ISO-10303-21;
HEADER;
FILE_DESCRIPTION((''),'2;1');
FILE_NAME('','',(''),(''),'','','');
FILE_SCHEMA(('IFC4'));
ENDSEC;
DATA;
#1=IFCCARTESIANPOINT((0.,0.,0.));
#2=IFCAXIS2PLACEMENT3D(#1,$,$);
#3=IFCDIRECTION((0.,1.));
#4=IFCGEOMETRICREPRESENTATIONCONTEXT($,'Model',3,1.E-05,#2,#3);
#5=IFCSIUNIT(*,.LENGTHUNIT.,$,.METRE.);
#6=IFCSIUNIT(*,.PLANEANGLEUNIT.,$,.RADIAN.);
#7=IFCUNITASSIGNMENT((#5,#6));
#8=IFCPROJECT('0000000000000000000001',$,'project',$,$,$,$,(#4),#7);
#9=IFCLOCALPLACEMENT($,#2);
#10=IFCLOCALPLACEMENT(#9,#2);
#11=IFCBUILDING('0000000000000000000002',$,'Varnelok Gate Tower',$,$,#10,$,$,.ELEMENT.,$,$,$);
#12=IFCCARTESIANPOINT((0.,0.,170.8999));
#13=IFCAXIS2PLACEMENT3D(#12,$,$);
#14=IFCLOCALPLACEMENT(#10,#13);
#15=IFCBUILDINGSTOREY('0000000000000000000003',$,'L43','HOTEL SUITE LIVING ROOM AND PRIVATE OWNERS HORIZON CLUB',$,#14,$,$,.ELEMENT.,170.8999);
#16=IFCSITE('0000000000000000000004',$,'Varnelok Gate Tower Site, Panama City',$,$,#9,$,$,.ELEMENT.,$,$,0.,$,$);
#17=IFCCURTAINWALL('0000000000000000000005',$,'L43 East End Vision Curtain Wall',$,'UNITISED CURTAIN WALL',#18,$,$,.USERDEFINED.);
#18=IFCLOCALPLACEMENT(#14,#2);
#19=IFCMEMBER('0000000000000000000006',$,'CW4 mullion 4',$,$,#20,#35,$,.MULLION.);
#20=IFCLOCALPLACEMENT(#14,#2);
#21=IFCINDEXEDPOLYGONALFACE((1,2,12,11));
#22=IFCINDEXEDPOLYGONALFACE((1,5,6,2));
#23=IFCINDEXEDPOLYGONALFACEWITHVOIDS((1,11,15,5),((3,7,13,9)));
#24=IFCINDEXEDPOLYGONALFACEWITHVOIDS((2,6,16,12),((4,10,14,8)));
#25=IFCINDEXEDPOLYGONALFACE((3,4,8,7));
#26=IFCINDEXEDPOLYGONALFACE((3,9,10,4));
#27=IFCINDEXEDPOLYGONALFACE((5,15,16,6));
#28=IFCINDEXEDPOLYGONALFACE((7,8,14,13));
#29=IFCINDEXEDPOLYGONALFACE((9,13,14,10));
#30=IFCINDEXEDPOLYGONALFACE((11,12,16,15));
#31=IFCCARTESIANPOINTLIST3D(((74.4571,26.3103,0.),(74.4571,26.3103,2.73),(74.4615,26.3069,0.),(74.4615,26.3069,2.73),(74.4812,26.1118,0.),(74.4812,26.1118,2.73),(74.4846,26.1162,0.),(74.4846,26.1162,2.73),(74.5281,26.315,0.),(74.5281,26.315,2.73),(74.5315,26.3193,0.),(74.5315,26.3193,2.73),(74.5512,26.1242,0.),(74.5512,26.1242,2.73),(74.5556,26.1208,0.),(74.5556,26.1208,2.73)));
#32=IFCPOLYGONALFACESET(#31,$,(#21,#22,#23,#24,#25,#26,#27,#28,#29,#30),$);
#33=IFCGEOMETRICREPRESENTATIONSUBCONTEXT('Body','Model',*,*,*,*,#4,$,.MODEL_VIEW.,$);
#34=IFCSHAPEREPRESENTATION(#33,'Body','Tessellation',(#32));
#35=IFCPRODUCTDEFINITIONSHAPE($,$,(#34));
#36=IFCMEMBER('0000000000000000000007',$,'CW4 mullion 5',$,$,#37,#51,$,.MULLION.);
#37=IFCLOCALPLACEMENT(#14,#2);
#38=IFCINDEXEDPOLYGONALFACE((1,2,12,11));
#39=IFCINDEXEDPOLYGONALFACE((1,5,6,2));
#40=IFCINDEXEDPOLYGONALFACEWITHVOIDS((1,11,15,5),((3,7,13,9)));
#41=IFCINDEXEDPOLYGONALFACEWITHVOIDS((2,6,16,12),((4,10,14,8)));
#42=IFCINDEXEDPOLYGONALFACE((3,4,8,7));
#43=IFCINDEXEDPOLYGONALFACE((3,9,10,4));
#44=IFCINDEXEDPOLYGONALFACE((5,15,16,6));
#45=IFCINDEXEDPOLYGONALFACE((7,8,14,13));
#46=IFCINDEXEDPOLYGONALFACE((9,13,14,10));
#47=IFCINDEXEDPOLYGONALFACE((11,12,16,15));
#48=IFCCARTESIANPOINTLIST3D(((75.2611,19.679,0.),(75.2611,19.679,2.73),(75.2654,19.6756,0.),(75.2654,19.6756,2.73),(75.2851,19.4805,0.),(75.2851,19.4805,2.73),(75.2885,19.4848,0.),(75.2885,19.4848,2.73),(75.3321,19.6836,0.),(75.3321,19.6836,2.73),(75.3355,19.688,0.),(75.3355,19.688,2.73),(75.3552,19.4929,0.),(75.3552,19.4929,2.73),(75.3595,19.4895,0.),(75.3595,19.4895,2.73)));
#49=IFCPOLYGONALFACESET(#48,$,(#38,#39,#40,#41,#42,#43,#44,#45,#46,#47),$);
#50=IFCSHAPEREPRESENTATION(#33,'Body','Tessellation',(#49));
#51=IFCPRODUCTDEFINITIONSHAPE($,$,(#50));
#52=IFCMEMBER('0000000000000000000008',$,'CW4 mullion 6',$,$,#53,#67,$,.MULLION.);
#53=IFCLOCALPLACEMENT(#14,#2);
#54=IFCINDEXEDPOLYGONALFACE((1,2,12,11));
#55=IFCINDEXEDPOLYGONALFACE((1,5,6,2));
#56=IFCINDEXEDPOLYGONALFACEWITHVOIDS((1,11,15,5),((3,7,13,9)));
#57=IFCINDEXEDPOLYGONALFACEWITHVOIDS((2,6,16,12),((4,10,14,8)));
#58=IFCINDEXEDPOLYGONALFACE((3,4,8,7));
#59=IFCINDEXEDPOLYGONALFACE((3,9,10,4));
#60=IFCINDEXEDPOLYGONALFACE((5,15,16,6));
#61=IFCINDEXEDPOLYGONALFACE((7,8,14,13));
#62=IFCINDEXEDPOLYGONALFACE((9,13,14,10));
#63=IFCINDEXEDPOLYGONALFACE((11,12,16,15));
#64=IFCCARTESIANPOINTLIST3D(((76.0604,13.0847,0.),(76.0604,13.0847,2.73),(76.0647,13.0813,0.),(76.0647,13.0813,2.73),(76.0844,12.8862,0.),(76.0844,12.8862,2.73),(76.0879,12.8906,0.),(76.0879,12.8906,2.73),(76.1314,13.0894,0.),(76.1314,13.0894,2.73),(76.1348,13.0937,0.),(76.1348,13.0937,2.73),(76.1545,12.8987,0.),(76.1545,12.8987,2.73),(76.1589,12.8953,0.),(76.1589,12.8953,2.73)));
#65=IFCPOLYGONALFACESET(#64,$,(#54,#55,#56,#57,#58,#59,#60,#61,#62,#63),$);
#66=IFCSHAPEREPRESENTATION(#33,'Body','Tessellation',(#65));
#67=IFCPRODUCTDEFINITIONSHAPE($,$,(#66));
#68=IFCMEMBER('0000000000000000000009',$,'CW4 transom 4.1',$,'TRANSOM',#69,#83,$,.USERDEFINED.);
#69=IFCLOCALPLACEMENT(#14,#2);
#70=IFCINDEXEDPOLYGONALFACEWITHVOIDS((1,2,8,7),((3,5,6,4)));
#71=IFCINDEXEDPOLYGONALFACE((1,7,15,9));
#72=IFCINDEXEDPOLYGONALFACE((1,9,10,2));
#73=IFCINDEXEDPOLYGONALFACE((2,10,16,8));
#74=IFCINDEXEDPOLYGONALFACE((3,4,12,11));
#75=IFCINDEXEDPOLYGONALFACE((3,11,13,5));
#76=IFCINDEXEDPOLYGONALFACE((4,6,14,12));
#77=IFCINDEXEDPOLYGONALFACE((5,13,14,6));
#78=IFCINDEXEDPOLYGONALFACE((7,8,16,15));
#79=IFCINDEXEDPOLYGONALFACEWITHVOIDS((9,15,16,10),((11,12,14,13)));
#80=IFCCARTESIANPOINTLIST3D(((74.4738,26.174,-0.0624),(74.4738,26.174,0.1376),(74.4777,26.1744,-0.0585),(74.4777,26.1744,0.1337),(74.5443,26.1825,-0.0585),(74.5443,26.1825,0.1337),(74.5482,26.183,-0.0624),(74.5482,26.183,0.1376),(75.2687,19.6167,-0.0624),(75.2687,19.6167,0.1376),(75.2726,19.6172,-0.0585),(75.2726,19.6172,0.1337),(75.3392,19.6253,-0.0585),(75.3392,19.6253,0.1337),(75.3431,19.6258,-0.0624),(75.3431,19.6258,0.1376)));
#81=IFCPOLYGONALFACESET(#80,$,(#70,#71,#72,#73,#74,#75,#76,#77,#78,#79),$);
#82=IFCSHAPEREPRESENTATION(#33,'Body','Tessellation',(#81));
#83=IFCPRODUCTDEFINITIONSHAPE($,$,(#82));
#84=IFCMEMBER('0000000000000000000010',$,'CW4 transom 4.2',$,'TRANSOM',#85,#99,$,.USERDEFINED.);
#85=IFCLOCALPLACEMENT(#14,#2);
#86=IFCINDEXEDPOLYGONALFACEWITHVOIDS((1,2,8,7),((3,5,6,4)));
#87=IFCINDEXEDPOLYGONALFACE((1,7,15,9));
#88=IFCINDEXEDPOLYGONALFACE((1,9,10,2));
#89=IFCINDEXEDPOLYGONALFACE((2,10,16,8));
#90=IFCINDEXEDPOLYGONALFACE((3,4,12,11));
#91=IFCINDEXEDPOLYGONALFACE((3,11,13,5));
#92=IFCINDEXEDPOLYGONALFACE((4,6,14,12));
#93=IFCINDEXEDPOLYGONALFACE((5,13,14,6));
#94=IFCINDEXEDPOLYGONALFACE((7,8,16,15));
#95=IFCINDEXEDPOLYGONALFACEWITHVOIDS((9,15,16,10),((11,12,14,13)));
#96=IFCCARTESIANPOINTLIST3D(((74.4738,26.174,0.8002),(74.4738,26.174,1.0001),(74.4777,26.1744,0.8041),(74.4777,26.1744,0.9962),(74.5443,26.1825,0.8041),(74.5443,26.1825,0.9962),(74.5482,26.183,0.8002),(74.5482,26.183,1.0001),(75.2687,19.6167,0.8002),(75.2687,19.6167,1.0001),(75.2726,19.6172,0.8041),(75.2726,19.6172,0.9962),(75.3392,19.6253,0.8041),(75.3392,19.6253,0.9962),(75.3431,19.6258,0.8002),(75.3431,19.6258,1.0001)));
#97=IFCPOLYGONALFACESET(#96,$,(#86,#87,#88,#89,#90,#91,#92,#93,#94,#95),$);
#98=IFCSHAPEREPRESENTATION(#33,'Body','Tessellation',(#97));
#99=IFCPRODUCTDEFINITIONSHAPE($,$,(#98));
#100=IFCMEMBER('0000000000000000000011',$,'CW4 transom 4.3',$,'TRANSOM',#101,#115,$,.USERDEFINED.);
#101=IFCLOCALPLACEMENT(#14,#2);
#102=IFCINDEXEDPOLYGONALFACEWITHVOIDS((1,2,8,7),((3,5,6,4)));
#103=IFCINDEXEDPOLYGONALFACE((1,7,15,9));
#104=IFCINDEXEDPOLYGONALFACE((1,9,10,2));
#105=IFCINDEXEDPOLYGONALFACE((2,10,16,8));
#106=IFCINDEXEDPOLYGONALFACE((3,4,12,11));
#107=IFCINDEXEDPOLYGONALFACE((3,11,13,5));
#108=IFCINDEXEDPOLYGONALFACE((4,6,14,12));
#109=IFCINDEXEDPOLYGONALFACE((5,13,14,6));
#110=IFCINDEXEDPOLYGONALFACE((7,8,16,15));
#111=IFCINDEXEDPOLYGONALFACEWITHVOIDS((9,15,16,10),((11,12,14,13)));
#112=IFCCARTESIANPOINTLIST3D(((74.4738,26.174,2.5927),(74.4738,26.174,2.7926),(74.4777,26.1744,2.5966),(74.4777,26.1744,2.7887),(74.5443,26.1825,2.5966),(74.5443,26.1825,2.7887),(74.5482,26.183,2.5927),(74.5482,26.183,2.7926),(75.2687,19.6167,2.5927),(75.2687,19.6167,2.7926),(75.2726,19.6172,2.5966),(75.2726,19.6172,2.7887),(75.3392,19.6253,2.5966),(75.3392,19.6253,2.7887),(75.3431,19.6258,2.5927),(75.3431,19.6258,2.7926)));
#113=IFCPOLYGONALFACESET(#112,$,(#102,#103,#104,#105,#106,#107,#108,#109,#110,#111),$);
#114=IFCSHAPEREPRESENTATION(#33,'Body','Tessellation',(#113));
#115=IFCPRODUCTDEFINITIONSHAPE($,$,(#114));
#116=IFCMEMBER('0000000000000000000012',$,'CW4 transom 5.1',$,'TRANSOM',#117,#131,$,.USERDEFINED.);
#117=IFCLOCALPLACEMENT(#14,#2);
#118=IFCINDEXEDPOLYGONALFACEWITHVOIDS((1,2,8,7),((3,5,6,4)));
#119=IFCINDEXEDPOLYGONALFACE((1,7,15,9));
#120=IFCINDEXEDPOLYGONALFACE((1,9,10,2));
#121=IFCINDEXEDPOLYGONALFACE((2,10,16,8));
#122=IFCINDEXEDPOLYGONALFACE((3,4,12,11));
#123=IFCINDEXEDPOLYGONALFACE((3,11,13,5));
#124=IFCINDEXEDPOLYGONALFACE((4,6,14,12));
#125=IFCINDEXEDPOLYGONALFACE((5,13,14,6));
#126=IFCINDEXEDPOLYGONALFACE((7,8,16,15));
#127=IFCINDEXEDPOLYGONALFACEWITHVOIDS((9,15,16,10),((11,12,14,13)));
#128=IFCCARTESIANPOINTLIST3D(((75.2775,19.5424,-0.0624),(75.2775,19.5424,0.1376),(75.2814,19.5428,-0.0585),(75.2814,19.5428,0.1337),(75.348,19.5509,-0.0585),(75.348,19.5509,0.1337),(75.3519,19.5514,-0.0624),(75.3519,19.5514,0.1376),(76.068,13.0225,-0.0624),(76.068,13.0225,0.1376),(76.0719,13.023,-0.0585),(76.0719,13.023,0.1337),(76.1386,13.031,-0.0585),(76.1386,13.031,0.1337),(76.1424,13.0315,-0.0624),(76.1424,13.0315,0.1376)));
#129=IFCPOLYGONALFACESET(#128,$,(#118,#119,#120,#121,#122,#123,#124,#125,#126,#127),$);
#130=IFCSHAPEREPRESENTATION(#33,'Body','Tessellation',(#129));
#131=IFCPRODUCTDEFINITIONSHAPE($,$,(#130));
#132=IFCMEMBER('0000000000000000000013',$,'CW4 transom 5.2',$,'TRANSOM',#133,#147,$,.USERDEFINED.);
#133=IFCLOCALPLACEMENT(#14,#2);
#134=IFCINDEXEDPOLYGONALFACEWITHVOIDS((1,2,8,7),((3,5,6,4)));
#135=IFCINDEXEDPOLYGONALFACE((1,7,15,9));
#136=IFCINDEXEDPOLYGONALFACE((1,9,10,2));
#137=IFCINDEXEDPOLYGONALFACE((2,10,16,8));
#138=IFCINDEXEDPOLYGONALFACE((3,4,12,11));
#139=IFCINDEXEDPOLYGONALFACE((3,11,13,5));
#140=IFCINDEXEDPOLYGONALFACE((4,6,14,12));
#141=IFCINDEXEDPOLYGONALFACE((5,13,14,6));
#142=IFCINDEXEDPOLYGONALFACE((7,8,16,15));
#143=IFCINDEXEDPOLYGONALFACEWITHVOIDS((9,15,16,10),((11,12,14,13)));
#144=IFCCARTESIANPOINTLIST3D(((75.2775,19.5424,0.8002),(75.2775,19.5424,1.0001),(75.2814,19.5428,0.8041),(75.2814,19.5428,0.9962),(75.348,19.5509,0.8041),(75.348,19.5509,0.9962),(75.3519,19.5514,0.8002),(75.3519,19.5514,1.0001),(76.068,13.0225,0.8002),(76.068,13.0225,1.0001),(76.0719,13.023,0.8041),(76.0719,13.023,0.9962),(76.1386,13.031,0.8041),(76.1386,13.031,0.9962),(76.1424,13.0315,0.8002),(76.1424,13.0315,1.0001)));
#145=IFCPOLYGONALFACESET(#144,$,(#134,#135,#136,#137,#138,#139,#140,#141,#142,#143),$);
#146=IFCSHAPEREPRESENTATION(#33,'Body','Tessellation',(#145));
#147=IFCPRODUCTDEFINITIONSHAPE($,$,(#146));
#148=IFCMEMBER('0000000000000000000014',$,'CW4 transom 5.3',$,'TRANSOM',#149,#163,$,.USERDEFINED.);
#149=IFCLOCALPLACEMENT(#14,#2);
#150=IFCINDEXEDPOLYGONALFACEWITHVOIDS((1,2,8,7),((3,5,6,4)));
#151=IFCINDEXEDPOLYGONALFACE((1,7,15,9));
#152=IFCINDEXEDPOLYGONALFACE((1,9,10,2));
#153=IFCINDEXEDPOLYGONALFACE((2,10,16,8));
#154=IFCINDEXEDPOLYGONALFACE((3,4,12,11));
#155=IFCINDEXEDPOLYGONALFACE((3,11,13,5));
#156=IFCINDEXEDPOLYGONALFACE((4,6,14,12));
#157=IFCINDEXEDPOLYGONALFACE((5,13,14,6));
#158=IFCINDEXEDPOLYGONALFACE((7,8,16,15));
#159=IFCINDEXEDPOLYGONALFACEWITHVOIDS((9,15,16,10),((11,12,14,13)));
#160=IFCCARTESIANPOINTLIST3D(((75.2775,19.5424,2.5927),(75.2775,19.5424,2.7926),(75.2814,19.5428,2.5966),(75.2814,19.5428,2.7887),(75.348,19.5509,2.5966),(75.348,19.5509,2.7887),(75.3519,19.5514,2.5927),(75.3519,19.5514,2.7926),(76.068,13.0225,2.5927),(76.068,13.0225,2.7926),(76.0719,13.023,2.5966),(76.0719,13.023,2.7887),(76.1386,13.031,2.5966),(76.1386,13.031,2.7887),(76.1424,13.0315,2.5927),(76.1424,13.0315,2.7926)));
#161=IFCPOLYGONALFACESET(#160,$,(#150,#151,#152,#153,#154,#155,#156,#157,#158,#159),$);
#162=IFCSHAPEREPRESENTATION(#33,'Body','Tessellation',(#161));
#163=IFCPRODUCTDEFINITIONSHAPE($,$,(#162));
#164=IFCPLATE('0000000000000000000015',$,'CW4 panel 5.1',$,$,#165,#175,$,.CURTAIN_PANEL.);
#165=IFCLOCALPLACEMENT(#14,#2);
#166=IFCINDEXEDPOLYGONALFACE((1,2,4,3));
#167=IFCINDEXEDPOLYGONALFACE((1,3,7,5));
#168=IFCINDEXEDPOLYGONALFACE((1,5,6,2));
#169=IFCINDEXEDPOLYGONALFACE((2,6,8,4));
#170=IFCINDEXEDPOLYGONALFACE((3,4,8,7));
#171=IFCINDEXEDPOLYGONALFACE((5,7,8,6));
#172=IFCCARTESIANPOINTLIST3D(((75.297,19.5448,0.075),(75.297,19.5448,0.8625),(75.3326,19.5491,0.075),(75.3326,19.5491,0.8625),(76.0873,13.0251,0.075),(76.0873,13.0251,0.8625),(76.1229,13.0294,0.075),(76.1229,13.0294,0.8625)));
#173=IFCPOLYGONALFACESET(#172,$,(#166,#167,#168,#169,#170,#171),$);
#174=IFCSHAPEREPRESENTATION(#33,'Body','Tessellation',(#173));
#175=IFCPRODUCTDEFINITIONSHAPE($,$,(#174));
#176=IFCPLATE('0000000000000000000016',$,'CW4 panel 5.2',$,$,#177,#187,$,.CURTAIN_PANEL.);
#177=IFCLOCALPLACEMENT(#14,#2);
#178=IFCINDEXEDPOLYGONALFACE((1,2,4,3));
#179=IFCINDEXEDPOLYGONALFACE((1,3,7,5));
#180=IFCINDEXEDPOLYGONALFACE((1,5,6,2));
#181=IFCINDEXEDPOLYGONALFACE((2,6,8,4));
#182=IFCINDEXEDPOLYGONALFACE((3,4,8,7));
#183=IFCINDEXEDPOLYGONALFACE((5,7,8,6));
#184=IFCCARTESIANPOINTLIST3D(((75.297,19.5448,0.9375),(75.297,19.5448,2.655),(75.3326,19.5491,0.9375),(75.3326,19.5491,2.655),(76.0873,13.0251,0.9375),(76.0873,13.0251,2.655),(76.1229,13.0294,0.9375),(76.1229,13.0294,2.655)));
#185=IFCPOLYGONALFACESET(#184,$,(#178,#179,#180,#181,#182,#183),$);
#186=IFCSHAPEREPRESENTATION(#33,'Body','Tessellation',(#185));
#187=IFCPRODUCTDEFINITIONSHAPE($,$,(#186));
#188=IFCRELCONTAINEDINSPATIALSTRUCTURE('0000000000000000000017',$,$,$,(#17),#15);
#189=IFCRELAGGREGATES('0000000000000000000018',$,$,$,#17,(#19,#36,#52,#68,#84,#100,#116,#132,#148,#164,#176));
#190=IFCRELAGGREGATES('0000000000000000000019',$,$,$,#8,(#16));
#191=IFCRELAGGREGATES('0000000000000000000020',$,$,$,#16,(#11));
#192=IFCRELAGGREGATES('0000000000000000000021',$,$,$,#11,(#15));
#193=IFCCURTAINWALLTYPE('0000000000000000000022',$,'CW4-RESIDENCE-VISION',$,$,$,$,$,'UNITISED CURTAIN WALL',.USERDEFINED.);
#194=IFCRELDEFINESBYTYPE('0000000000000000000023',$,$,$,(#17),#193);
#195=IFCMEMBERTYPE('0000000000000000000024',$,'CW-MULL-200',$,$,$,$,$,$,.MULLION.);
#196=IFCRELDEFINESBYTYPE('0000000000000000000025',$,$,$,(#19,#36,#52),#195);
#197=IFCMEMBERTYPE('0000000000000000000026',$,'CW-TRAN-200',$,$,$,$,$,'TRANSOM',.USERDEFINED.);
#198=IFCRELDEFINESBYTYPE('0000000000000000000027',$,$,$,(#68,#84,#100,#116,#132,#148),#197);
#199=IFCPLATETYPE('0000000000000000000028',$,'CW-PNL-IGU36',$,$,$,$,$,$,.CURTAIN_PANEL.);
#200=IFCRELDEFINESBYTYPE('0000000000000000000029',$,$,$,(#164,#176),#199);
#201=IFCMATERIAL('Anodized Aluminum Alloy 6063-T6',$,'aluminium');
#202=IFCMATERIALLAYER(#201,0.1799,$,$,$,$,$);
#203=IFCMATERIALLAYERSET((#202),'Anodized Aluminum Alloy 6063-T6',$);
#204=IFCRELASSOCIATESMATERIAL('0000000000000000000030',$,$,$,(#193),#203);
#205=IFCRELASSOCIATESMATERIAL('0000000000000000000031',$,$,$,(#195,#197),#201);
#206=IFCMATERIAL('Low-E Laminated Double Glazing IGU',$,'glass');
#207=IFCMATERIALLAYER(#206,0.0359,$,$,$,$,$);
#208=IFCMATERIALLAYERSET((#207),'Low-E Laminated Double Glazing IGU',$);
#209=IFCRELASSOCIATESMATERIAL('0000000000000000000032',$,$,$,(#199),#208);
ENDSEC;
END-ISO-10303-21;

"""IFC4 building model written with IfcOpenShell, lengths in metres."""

from ifc_helpers import new_model, si_unit, direction, frame, origin, origin_2d, place, context, subcontext, project, spatial, rectangle, hollow_rectangle, extrude, source, transform, mapped, material, layer, layer_set, material_profile, profile_set, type_object, element, aggregate, save


model = new_model("IFC4")

# Units and contexts
model_context = context("Model", 3, precision=1e-05, world=origin(), true_north=direction((0.0, 1.0)))
body_context = subcontext(model_context, "Body", "Model", "MODEL_VIEW")
ifc_project = project(units=[si_unit("LENGTHUNIT", "METRE"), si_unit("PLANEANGLEUNIT", "RADIAN")], contexts=[model_context])

# Site, building, storey
site_placement = place(None, origin())
site = spatial("IfcSite", under=ifc_project, at=site_placement, Name="Varnelok Gate Tower Site, Panama City", CompositionType="ELEMENT", RefElevation=0.0)
building_placement = place(site_placement, origin())
building = spatial("IfcBuilding", under=site, at=building_placement, Name="Varnelok Gate Tower", CompositionType="ELEMENT")
storey_placement = place(building_placement, frame((0.0, 0.0, 170.8999)))
storey = spatial("IfcBuildingStorey", under=building, at=storey_placement, Name="L43", Description="HOTEL SUITE LIVING ROOM AND PRIVATE OWNERS HORIZON CLUB", CompositionType="ELEMENT", Elevation=170.8999)

# Curtain wall, members, plates
ifc_material_1 = material(Name="Anodized Aluminum Alloy 6063-T6", Category="aluminium")
ifc_layer_1 = layer(ifc_material_1, 0.1799)
ifc_layer_set_1 = layer_set([ifc_layer_1], Name="Anodized Aluminum Alloy 6063-T6")
curtain_wall_type = type_object("IfcCurtainWallType", Name="CW4-RESIDENCE-VISION", ElementType="UNITISED CURTAIN WALL", PredefinedType="USERDEFINED", material=ifc_layer_set_1)
curtain_wall_placement = place(storey_placement, origin())
curtain_wall = element("IfcCurtainWall", 1, at=curtain_wall_placement, inside=storey, type_object=curtain_wall_type, Name="L43 East End Vision Curtain Wall", ObjectType="UNITISED CURTAIN WALL", PredefinedType="USERDEFINED")
ifc_material_profile_1 = material_profile(ifc_material_1, hollow_rectangle(XDim=0.075, YDim=0.2, WallThickness=0.0039, at=origin_2d()), Name="ALU200X75X4")
ifc_profile_set_1 = profile_set([ifc_material_profile_1], Name="Anodized Aluminum Alloy 6063-T6")
member_type_1 = type_object("IfcMemberType", Name="CW-MULL-200", PredefinedType="MULLION", material=ifc_profile_set_1)
member_1_placement = place(storey_placement, frame((74.5063, 26.2156, 0.0), z_axis=(0.0, 0.0, 1.0), x_axis=(0.992732, 0.120345, 0.0)))
member_1 = element("IfcMember", 2, at=member_1_placement, type_object=member_type_1, Name="CW4 mullion 4", PredefinedType="MULLION", context=body_context, shape_type="SweptSolid", body=[
    extrude(hollow_rectangle(XDim=0.075, YDim=0.2, WallThickness=0.0039, at=origin_2d()), origin(), (0.0, 0.0, 1.0), 2.73),
])
member_2_placement = place(storey_placement, frame((75.3103, 19.5842, 0.0), z_axis=(0.0, 0.0, 1.0), x_axis=(0.992732, 0.120345, 0.0)))
member_2 = element("IfcMember", 3, at=member_2_placement, type_object=member_type_1, Name="CW4 mullion 5", PredefinedType="MULLION", context=body_context, shape_type="SweptSolid", body=[
    extrude(hollow_rectangle(XDim=0.075, YDim=0.2, WallThickness=0.0039, at=origin_2d()), origin(), (0.0, 0.0, 1.0), 2.73),
])
member_3_placement = place(storey_placement, frame((76.1096, 12.99, 0.0), z_axis=(0.0, 0.0, 1.0), x_axis=(0.992732, 0.120345, 0.0)))
member_3 = element("IfcMember", 4, at=member_3_placement, type_object=member_type_1, Name="CW4 mullion 6", PredefinedType="MULLION", context=body_context, shape_type="SweptSolid", body=[
    extrude(hollow_rectangle(XDim=0.075, YDim=0.2, WallThickness=0.0039, at=origin_2d()), origin(), (0.0, 0.0, 1.0), 2.73),
])
ifc_material_profile_2 = material_profile(ifc_material_1, hollow_rectangle(XDim=0.075, YDim=0.2, WallThickness=0.0039, at=origin_2d()), Name="ALU200X75X4")
ifc_profile_set_2 = profile_set([ifc_material_profile_2], Name="Anodized Aluminum Alloy 6063-T6")
member_type_2 = type_object("IfcMemberType", Name="CW-TRAN-200", ElementType="TRANSOM", PredefinedType="USERDEFINED", material=ifc_profile_set_2)
member_4_placement = place(storey_placement, frame((74.511, 26.1785, 0.0376), z_axis=(0.120349, -0.992732, 0.0), x_axis=(0.992732, 0.120349, 0.0)))
member_4 = element("IfcMember", 5, at=member_4_placement, type_object=member_type_2, Name="CW4 transom 4.1", ObjectType="TRANSOM", PredefinedType="USERDEFINED", context=body_context, shape_type="SweptSolid", body=[
    extrude(hollow_rectangle(XDim=0.075, YDim=0.2, WallThickness=0.0039, at=origin_2d()), origin(), (0.0, 0.0, 1.0), 6.6052),
])
member_5_placement = place(storey_placement, frame((74.511, 26.1785, 0.9001), z_axis=(0.120349, -0.992732, 0.0), x_axis=(0.992732, 0.120349, 0.0)))
member_5 = element("IfcMember", 6, at=member_5_placement, type_object=member_type_2, Name="CW4 transom 4.2", ObjectType="TRANSOM", PredefinedType="USERDEFINED", context=body_context, shape_type="SweptSolid", body=[
    extrude(hollow_rectangle(XDim=0.075, YDim=0.2, WallThickness=0.0039, at=origin_2d()), origin(), (0.0, 0.0, 1.0), 6.6052),
])
member_6_placement = place(storey_placement, frame((74.511, 26.1785, 2.6926), z_axis=(0.120349, -0.992732, 0.0), x_axis=(0.992732, 0.120349, 0.0)))
member_6 = element("IfcMember", 7, at=member_6_placement, type_object=member_type_2, Name="CW4 transom 4.3", ObjectType="TRANSOM", PredefinedType="USERDEFINED", context=body_context, shape_type="SweptSolid", body=[
    extrude(hollow_rectangle(XDim=0.075, YDim=0.2, WallThickness=0.0039, at=origin_2d()), origin(), (0.0, 0.0, 1.0), 6.6052),
])
member_7_placement = place(storey_placement, frame((75.3147, 19.5469, 0.0376), z_axis=(0.120369, -0.992729, 0.0), x_axis=(0.992729, 0.120369, 0.0)))
member_7 = element("IfcMember", 8, at=member_7_placement, type_object=member_type_2, Name="CW4 transom 5.1", ObjectType="TRANSOM", PredefinedType="USERDEFINED", context=body_context, shape_type="SweptSolid", body=[
    extrude(hollow_rectangle(XDim=0.075, YDim=0.2, WallThickness=0.0039, at=origin_2d()), origin(), (0.0, 0.0, 1.0), 6.5676),
])
member_8_placement = place(storey_placement, frame((75.3147, 19.5469, 0.9001), z_axis=(0.120369, -0.992729, 0.0), x_axis=(0.992729, 0.120369, 0.0)))
member_8 = element("IfcMember", 9, at=member_8_placement, type_object=member_type_2, Name="CW4 transom 5.2", ObjectType="TRANSOM", PredefinedType="USERDEFINED", context=body_context, shape_type="SweptSolid", body=[
    extrude(hollow_rectangle(XDim=0.075, YDim=0.2, WallThickness=0.0039, at=origin_2d()), origin(), (0.0, 0.0, 1.0), 6.5676),
])
member_9_placement = place(storey_placement, frame((75.3147, 19.5469, 2.6926), z_axis=(0.120369, -0.992729, 0.0), x_axis=(0.992729, 0.120369, 0.0)))
member_9 = element("IfcMember", 10, at=member_9_placement, type_object=member_type_2, Name="CW4 transom 5.3", ObjectType="TRANSOM", PredefinedType="USERDEFINED", context=body_context, shape_type="SweptSolid", body=[
    extrude(hollow_rectangle(XDim=0.075, YDim=0.2, WallThickness=0.0039, at=origin_2d()), origin(), (0.0, 0.0, 1.0), 6.5676),
])
ifc_material_2 = material(Name="Low-E Laminated Double Glazing IGU", Category="glass")
ifc_layer_2 = layer(ifc_material_2, 0.0359)
ifc_layer_set_2 = layer_set([ifc_layer_2], Name="Low-E Laminated Double Glazing IGU")
plate_type = type_object("IfcPlateType", Name="CW-PNL-IGU36", PredefinedType="CURTAIN_PANEL", material=ifc_layer_set_2)
shared_shape_1 = source(origin(), body_context, "Body", "SweptSolid", [
    extrude(rectangle(XDim=6.5674, YDim=0.0359, at=origin_2d()), origin(), (0.0, 0.0, 1.0), 0.7876),
])
plate_1_placement = place(storey_placement, frame((75.71, 16.2871, 0.075), z_axis=(0.0, 0.0, 1.0), x_axis=(0.120345, -0.992732, 0.0)))
plate_1 = element("IfcPlate", 11, at=plate_1_placement, type_object=plate_type, Name="CW4 panel 5.1", PredefinedType="CURTAIN_PANEL", context=body_context, shape_type="MappedRepresentation", body=[
    mapped(shared_shape_1, transform((0.0, 0.0, 0.0), scale=1.0)),
])
shared_shape_2 = source(origin(), body_context, "Body", "SweptSolid", [
    extrude(rectangle(XDim=6.5674, YDim=0.0359, at=origin_2d()), origin(), (0.0, 0.0, 1.0), 1.7175),
])
plate_2_placement = place(storey_placement, frame((75.71, 16.2871, 0.9375), z_axis=(0.0, 0.0, 1.0), x_axis=(0.120345, -0.992732, 0.0)))
plate_2 = element("IfcPlate", 12, at=plate_2_placement, type_object=plate_type, Name="CW4 panel 5.2", PredefinedType="CURTAIN_PANEL", context=body_context, shape_type="MappedRepresentation", body=[
    mapped(shared_shape_2, transform((0.0, 0.0, 0.0), scale=1.0)),
])
aggregate(curtain_wall, [member_1, member_2, member_3, member_4, member_5, member_6, member_7, member_8, member_9, plate_1, plate_2])

save(model, "model.ifc")
